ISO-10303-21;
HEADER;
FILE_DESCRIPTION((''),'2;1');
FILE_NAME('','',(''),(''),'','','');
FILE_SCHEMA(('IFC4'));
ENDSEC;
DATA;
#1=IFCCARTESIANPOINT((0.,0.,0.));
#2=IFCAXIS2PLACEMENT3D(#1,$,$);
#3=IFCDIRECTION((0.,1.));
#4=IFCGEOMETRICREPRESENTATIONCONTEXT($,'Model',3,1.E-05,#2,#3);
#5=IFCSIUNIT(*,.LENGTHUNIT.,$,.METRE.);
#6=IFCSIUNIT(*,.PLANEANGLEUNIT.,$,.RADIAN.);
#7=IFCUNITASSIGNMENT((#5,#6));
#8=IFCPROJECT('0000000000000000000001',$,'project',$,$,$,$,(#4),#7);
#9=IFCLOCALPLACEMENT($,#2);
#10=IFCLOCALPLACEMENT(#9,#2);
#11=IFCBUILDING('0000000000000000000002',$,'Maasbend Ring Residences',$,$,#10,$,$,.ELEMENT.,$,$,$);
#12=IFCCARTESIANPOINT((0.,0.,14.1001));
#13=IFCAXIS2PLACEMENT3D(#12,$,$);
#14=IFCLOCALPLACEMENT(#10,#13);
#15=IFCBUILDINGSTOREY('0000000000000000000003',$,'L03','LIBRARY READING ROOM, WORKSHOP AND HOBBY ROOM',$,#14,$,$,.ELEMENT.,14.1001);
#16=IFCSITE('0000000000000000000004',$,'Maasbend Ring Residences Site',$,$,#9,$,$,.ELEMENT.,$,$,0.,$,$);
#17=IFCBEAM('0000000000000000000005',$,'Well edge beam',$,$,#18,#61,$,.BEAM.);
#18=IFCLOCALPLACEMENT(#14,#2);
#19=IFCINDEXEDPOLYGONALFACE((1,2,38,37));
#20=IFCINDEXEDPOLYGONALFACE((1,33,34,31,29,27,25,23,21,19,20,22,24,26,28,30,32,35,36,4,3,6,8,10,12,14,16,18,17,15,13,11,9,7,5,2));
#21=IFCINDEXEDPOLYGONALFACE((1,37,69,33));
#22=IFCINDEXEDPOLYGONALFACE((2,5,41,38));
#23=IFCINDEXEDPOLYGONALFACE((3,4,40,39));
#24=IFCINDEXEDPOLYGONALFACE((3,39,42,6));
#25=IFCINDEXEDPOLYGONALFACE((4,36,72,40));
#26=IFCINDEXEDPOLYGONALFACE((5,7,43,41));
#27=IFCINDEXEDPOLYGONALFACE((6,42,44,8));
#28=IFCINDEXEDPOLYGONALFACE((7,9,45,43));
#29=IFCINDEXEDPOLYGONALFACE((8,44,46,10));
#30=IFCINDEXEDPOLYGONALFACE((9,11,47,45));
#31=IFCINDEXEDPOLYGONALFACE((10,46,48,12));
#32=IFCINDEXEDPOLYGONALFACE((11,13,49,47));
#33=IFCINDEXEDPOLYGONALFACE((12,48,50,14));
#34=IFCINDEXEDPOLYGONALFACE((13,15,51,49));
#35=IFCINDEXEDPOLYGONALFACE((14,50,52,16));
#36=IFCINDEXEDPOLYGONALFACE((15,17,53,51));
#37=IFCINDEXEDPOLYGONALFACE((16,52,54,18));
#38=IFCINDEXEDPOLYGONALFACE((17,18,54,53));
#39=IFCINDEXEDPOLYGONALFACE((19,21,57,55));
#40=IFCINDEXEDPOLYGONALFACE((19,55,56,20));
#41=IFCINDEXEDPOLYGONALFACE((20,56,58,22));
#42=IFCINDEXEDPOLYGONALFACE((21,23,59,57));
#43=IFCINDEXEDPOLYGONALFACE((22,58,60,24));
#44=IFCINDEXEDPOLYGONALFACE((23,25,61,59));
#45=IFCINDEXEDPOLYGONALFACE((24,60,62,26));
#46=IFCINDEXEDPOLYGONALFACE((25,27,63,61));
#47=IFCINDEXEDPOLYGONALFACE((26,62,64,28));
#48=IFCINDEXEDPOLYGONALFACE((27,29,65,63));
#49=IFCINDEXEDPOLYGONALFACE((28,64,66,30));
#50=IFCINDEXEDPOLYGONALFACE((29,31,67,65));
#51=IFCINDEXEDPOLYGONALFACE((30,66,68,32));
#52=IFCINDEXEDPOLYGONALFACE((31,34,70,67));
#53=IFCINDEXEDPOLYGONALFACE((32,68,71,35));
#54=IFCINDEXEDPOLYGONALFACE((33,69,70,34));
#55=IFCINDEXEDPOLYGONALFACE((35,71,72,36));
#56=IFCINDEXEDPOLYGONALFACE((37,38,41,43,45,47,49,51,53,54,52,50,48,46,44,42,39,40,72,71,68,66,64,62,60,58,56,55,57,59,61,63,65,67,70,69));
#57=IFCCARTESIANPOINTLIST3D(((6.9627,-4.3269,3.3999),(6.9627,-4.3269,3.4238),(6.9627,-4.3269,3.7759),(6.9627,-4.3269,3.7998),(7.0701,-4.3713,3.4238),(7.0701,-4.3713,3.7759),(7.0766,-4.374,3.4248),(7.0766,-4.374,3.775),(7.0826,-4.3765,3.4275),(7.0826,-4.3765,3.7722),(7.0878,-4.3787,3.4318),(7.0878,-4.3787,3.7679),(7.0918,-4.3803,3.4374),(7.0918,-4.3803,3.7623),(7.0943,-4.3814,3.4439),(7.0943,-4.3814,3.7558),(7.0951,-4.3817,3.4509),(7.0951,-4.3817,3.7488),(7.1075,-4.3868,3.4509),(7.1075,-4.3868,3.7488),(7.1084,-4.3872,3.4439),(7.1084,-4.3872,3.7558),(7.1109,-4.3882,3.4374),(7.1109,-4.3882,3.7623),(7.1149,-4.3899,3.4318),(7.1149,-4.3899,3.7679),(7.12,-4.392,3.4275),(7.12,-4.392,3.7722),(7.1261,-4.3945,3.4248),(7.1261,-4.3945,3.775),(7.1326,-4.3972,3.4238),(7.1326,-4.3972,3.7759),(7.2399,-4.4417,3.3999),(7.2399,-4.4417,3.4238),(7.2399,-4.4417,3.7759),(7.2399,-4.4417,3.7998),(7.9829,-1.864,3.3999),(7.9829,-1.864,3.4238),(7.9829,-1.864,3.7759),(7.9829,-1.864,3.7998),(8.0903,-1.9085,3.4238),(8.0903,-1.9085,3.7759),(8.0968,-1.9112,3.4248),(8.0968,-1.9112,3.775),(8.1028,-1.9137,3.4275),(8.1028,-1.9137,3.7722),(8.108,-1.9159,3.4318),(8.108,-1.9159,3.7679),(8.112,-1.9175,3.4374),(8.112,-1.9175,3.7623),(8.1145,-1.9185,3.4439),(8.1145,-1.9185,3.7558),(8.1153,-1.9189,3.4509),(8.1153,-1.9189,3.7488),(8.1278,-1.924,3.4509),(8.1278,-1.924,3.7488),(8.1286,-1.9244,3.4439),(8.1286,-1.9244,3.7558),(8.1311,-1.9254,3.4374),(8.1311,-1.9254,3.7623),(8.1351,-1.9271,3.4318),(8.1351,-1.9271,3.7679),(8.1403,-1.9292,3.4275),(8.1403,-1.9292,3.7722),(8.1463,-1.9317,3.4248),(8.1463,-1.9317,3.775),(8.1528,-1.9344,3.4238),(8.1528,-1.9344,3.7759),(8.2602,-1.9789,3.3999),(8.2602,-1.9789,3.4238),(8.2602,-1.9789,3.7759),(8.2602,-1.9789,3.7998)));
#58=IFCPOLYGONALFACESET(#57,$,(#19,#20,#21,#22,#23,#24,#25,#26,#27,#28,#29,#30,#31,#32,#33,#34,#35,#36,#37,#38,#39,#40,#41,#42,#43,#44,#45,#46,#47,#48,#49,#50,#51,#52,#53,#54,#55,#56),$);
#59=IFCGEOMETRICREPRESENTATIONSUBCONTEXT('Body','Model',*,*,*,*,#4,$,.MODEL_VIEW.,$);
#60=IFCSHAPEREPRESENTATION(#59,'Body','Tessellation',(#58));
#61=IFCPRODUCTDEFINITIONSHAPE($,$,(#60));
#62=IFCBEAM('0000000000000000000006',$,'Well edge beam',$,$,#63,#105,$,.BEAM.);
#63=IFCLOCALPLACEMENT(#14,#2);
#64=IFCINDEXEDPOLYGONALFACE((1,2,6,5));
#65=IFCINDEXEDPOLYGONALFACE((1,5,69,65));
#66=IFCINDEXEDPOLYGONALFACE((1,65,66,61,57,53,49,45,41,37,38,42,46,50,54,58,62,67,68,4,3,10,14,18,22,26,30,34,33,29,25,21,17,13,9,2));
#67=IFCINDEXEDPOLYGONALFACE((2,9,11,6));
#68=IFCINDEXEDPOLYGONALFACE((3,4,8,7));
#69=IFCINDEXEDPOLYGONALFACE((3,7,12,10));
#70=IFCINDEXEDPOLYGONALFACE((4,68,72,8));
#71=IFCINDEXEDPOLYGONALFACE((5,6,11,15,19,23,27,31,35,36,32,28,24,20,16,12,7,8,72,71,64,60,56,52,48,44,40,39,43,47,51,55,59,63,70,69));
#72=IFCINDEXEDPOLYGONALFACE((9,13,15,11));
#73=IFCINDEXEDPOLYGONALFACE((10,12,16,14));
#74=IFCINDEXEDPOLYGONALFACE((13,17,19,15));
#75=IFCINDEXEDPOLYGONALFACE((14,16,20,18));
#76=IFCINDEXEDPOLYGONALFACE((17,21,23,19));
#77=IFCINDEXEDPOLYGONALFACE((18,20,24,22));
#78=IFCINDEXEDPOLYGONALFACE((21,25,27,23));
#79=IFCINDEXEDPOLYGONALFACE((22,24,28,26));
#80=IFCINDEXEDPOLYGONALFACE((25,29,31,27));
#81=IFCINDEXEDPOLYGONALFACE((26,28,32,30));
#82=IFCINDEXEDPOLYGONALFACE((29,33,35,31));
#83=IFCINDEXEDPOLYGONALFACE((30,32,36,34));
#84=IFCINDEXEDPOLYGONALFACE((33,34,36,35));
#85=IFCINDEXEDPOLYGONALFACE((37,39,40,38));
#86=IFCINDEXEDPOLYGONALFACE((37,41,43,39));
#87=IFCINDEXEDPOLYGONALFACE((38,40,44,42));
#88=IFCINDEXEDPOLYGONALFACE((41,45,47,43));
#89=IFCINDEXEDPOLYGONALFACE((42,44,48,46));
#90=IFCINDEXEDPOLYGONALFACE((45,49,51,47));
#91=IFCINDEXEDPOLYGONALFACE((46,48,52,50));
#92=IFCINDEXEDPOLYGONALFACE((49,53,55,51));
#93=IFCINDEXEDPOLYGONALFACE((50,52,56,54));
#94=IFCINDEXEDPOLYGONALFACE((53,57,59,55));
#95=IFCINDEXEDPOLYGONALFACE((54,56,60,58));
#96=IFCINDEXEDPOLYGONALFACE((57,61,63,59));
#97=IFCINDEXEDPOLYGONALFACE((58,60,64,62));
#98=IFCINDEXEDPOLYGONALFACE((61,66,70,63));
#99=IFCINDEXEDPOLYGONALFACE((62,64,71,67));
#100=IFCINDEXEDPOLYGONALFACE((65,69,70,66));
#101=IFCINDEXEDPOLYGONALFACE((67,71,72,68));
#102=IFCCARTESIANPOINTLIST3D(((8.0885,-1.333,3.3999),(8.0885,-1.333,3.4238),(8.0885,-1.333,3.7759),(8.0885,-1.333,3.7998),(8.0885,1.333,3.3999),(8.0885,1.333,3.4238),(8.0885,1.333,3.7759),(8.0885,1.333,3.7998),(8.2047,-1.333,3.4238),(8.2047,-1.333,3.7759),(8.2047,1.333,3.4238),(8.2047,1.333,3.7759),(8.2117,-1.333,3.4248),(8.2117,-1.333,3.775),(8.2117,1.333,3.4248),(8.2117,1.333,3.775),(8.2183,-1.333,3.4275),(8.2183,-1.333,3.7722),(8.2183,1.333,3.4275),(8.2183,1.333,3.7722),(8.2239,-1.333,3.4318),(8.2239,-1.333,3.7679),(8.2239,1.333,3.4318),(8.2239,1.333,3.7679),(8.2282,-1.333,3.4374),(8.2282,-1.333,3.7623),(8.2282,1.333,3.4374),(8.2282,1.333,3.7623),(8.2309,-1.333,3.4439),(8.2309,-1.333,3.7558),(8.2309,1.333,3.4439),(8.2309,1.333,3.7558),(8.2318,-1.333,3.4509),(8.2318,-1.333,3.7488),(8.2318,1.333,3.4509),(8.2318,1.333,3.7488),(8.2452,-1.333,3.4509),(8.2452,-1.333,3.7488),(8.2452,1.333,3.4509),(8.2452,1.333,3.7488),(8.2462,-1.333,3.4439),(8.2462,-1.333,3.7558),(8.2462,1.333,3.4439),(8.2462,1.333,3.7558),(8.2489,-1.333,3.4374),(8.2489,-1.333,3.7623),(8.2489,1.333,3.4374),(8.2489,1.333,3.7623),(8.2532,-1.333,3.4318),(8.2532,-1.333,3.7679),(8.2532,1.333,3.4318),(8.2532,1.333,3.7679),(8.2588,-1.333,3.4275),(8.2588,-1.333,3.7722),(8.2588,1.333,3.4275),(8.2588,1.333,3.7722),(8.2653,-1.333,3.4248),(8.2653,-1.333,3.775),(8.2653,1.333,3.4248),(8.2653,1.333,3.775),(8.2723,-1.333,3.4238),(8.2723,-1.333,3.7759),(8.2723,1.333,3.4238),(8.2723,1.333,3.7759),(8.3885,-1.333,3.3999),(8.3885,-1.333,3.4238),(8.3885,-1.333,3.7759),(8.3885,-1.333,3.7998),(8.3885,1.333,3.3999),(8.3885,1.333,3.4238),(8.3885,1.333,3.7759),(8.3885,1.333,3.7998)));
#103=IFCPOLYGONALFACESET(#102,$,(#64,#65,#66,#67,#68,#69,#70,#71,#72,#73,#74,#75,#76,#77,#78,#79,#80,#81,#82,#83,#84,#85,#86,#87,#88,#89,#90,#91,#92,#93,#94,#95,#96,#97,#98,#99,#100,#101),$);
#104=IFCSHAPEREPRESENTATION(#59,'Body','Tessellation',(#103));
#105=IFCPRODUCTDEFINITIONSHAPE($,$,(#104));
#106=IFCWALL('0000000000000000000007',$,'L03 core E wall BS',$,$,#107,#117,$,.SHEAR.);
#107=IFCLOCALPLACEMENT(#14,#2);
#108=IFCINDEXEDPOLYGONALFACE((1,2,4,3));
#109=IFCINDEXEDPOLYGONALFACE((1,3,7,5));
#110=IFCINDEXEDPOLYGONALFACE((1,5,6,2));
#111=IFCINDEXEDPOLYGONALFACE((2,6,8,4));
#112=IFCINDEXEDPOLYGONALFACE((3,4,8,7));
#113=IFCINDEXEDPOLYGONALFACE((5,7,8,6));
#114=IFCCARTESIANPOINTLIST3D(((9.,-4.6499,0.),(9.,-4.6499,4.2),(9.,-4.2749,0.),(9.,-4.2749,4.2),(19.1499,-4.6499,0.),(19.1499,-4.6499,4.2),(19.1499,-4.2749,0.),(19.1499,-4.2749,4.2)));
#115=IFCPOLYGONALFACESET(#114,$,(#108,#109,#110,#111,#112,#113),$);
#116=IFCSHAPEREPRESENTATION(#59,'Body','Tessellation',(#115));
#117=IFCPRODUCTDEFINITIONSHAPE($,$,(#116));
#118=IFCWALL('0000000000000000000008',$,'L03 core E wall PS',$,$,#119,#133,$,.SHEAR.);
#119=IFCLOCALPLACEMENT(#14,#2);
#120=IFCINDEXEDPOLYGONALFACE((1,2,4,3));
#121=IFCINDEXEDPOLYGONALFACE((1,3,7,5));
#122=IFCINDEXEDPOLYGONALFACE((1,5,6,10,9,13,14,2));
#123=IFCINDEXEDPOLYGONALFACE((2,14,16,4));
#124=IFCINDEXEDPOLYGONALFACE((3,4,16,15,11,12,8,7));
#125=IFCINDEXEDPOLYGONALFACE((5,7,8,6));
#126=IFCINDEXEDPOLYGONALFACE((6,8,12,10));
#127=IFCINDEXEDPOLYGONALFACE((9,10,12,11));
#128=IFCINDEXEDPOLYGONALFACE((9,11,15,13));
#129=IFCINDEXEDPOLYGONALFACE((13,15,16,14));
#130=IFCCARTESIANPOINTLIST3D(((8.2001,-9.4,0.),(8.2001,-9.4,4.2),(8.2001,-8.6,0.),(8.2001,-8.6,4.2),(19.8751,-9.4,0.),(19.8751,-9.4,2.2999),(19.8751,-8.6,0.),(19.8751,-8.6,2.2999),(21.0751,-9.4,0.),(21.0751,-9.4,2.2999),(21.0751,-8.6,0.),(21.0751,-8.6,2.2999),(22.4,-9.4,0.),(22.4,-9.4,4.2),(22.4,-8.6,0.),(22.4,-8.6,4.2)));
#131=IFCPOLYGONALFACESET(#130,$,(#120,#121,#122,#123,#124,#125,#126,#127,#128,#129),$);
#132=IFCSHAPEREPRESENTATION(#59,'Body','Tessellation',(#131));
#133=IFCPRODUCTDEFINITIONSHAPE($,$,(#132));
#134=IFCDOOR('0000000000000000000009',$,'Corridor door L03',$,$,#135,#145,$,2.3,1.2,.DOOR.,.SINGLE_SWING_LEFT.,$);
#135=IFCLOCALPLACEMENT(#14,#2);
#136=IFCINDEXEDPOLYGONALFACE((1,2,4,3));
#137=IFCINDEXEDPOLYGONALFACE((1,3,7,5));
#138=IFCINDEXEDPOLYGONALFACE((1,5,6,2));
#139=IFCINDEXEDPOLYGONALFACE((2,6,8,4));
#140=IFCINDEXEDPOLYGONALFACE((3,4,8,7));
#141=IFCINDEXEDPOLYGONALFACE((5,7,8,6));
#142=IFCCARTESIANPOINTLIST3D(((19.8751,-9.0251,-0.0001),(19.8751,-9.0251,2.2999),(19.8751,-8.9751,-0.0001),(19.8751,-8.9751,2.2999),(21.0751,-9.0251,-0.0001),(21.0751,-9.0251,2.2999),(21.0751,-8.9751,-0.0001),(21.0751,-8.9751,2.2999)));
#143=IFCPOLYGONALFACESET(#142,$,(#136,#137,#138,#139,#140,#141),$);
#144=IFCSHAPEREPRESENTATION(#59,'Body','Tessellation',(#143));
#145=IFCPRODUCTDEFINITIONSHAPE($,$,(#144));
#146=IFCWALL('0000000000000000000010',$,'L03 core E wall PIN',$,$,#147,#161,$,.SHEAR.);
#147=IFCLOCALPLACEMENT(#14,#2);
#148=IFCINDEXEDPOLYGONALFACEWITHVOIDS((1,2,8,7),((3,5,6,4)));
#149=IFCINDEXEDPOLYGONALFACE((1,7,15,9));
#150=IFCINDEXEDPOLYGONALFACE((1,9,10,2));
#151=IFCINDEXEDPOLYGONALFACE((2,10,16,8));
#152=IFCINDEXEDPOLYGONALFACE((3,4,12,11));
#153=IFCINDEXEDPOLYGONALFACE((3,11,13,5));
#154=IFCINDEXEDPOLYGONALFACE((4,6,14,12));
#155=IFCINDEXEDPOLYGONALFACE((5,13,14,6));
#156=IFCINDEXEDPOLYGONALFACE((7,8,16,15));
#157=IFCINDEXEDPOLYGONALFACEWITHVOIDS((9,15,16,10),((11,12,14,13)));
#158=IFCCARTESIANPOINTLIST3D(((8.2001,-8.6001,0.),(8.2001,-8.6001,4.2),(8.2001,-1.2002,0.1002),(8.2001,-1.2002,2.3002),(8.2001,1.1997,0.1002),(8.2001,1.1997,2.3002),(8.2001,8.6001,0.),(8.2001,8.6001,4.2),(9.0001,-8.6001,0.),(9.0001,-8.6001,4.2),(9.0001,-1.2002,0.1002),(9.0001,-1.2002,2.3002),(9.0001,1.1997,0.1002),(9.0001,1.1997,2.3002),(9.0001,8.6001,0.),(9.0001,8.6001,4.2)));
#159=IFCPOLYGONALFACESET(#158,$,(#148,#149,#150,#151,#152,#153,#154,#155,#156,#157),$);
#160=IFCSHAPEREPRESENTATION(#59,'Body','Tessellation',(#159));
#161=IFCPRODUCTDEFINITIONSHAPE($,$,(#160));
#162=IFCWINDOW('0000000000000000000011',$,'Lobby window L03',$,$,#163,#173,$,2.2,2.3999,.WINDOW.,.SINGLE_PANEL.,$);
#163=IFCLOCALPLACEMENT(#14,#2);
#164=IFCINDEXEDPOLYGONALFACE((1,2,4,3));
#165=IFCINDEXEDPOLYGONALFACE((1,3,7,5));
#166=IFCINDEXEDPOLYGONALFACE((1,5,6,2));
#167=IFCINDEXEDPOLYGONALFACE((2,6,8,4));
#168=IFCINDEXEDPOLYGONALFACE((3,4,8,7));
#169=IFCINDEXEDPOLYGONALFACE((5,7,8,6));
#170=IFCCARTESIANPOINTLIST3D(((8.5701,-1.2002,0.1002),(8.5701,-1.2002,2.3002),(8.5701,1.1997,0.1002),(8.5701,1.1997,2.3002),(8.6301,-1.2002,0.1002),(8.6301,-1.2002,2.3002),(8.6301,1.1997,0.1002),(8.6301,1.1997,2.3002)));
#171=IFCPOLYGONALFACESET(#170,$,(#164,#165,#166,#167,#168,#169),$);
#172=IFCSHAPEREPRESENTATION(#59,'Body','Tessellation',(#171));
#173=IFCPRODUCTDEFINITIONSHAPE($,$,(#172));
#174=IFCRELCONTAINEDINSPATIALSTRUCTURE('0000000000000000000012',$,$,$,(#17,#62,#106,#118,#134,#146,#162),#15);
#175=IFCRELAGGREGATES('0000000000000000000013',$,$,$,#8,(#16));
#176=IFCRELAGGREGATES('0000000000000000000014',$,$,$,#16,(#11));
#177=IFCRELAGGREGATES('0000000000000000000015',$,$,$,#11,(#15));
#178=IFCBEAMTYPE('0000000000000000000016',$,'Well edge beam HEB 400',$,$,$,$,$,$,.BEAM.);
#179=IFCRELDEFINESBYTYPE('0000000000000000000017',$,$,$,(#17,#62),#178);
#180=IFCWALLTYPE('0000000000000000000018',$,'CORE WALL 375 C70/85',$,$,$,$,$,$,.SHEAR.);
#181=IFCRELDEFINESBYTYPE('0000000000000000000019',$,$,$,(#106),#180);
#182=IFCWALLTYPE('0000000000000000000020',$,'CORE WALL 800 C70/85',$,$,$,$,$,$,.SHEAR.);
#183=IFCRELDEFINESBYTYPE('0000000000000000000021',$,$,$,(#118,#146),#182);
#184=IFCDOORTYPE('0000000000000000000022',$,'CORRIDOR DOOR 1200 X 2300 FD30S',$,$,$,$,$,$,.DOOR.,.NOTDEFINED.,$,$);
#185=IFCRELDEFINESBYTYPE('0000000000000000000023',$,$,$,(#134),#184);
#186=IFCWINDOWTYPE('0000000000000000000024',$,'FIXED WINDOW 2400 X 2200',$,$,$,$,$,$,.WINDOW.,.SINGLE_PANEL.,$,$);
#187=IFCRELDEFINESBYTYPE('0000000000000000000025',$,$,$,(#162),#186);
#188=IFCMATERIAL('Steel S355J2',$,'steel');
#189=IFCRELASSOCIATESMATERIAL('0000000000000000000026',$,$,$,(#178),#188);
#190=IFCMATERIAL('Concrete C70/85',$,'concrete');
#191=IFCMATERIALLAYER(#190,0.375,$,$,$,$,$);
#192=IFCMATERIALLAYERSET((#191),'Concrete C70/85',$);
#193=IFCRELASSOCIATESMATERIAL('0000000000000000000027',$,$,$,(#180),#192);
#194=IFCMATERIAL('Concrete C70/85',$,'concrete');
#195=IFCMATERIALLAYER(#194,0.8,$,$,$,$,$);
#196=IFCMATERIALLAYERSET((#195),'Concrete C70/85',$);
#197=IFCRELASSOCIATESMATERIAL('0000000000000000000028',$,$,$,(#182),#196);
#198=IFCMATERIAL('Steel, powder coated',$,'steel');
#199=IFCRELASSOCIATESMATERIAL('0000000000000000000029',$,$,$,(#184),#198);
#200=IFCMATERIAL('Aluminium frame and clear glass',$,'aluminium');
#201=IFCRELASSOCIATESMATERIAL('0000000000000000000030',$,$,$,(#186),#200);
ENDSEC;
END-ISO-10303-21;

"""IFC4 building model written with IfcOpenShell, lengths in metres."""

from ifc_helpers import new_model, si_unit, direction, frame, frame_2d, origin, origin_2d, place, context, subcontext, project, spatial, rectangle, i_section, extrude, material, layer, layer_set, material_profile, profile_set, type_object, element, fill, save


model = new_model("IFC4")

# Units and contexts
model_context = context("Model", 3, precision=1e-05, world=origin(), true_north=direction((0.0, 1.0)))
body_context = subcontext(model_context, "Body", "Model", "MODEL_VIEW")
ifc_project = project(units=[si_unit("LENGTHUNIT", "METRE"), si_unit("PLANEANGLEUNIT", "RADIAN")], contexts=[model_context])

# Site, building, storey
site_placement = place(None, origin())
site = spatial("IfcSite", under=ifc_project, at=site_placement, Name="Maasbend Ring Residences Site", CompositionType="ELEMENT", RefElevation=0.0)
building_placement = place(site_placement, origin())
building = spatial("IfcBuilding", under=site, at=building_placement, Name="Maasbend Ring Residences", CompositionType="ELEMENT")
storey_placement = place(building_placement, frame((0.0, 0.0, 14.1001)))
storey = spatial("IfcBuildingStorey", under=building, at=storey_placement, Name="L03", Description="LIBRARY READING ROOM, WORKSHOP AND HOBBY ROOM", CompositionType="ELEMENT", Elevation=14.1001)

# Beams
ifc_material_1 = material(Name="Steel S355J2", Category="steel")
ifc_material_profile_1 = material_profile(ifc_material_1, i_section(OverallWidth=0.3, OverallDepth=0.3999, WebThickness=0.0134, FlangeThickness=0.0239, FilletRadius=0.0271, at=origin_2d()), Name="HEB 400")
ifc_profile_set_1 = profile_set([ifc_material_profile_1], Name="Steel S355J2")
beam_type = type_object("IfcBeamType", Name="Well edge beam HEB 400", PredefinedType="BEAM", material=ifc_profile_set_1)
beam_1_placement = place(storey_placement, frame((7.1013, -4.3843, 3.5999), z_axis=(0.382716, 0.923866, 0.0), x_axis=(-0.923866, 0.382716, 0.0)))
element("IfcBeam", 1, at=beam_1_placement, inside=storey, type_object=beam_type, Name="Well edge beam", PredefinedType="BEAM", context=body_context, shape_type="SweptSolid", body=[
    extrude(i_section(OverallWidth=0.3, OverallDepth=0.3999, WebThickness=0.0134, FlangeThickness=0.0239, FilletRadius=0.0271, at=origin_2d()), origin(), (0.0, 0.0, 1.0), 2.6658),
])
beam_2_placement = place(storey_placement, frame((8.2385, -1.333, 3.5999), z_axis=(0.0, 1.0, 0.0), x_axis=(-1.0, 0.0, 0.0)))
element("IfcBeam", 2, at=beam_2_placement, inside=storey, type_object=beam_type, Name="Well edge beam", PredefinedType="BEAM", context=body_context, shape_type="SweptSolid", body=[
    extrude(i_section(OverallWidth=0.3, OverallDepth=0.3999, WebThickness=0.0134, FlangeThickness=0.0239, FilletRadius=0.0271, at=origin_2d()), origin(), (0.0, 0.0, 1.0), 2.666),
])

# Wall
ifc_material_2 = material(Name="Concrete C70/85", Category="concrete")
ifc_layer_1 = layer(ifc_material_2, 0.375)
ifc_layer_set_1 = layer_set([ifc_layer_1], Name="Concrete C70/85")
wall_type_1 = type_object("IfcWallType", Name="CORE WALL 375 C70/85", PredefinedType="SHEAR", material=ifc_layer_set_1)
wall_1_placement = place(storey_placement, frame((9.0, -4.4624, 0.0), z_axis=(0.0, 0.0, 1.0), x_axis=(1.0, 0.0, 0.0)))
element("IfcWall", 3, at=wall_1_placement, inside=storey, type_object=wall_type_1, Name="L03 core E wall BS", PredefinedType="SHEAR", context=body_context, shape_type="SweptSolid", body=[
    extrude(rectangle(XDim=10.1499, YDim=0.375, at=frame_2d((5.075, 0.0))), origin(), (0.0, 0.0, 1.0), 4.2),
])

# Wall, opening, door
ifc_material_3 = material(Name="Concrete C70/85", Category="concrete")
ifc_layer_2 = layer(ifc_material_3, 0.8)
ifc_layer_set_2 = layer_set([ifc_layer_2], Name="Concrete C70/85")
wall_type_2 = type_object("IfcWallType", Name="CORE WALL 800 C70/85", PredefinedType="SHEAR", material=ifc_layer_set_2)
wall_2_placement = place(storey_placement, frame((8.2, -9.0, 0.0), z_axis=(0.0, 0.0, 1.0), x_axis=(1.0, 0.0, 0.0)))
wall_2 = element("IfcWall", 4, at=wall_2_placement, inside=storey, type_object=wall_type_2, Name="L03 core E wall PS", PredefinedType="SHEAR", context=body_context, shape_type="SweptSolid", body=[
    extrude(rectangle(XDim=14.2, YDim=0.8, at=frame_2d((7.1001, 0.0))), origin(), (0.0, 0.0, 1.0), 4.2),
])
opening_1_placement = place(wall_2_placement, frame((11.675, 0.0, 0.0)))
opening_1 = element("IfcOpeningElement", 5, at=opening_1_placement, cuts=wall_2, PredefinedType="OPENING", context=body_context, shape_type="SweptSolid", body=[
    extrude(rectangle(XDim=1.2, YDim=2.3, at=frame_2d((0.6001, 1.1499))), frame((0.0, 0.4102, 0.0), z_axis=(0.0, -1.0, 0.0), x_axis=(1.0, 0.0, 0.0)), (0.0, 0.0, 1.0), 0.8201),
])
ifc_material_4 = material(Name="Steel, powder coated", Category="steel")
door_type_1 = type_object("IfcDoorType", Name="CORRIDOR DOOR 1200 X 2300 FD30S", OperationType="NOTDEFINED", PredefinedType="DOOR", material=ifc_material_4)
door_1_placement = place(opening_1_placement, origin())
door_1 = element("IfcDoor", 6, at=door_1_placement, inside=storey, type_object=door_type_1, Name="Corridor door L03", OperationType="SINGLE_SWING_LEFT", OverallHeight=2.3, OverallWidth=1.2, PredefinedType="DOOR", context=body_context, shape_type="SweptSolid", body=[
    extrude(rectangle(XDim=1.2, YDim=2.3, at=frame_2d((0.6001, 1.1499))), frame((0.0, 0.0249, 0.0), z_axis=(0.0, -1.0, 0.0), x_axis=(1.0, 0.0, 0.0)), (0.0, 0.0, 1.0), 0.05),
])
fill(opening_1, door_1)

# Wall, opening, window
wall_3_placement = place(storey_placement, frame((8.6001, -8.6001, 0.0), z_axis=(0.0, 0.0, 1.0), x_axis=(0.0, 1.0, 0.0)))
wall_3 = element("IfcWall", 7, at=wall_3_placement, inside=storey, type_object=wall_type_2, Name="L03 core E wall PIN", PredefinedType="SHEAR", context=body_context, shape_type="SweptSolid", body=[
    extrude(rectangle(XDim=17.2002, YDim=0.8, at=frame_2d((8.6001, 0.0))), origin(), (0.0, 0.0, 1.0), 4.2),
])
opening_2_placement = place(wall_3_placement, frame((7.3999, 0.0, 0.1001)))
opening_2 = element("IfcOpeningElement", 8, at=opening_2_placement, cuts=wall_3, PredefinedType="OPENING", context=body_context, shape_type="SweptSolid", body=[
    extrude(rectangle(XDim=2.3999, YDim=2.2, at=frame_2d((1.2, 1.1001))), frame((0.0, 0.4102, 0.0), z_axis=(0.0, -1.0, 0.0), x_axis=(1.0, 0.0, 0.0)), (0.0, 0.0, 1.0), 0.8201),
])
ifc_material_5 = material(Name="Aluminium frame and clear glass", Category="aluminium")
window_type = type_object("IfcWindowType", Name="FIXED WINDOW 2400 X 2200", PartitioningType="SINGLE_PANEL", PredefinedType="WINDOW", material=ifc_material_5)
window_placement = place(opening_2_placement, origin())
window = element("IfcWindow", 9, at=window_placement, inside=storey, type_object=window_type, Name="Lobby window L03", OverallHeight=2.2, OverallWidth=2.3999, PartitioningType="SINGLE_PANEL", PredefinedType="WINDOW", context=body_context, shape_type="SweptSolid", body=[
    extrude(rectangle(XDim=2.3999, YDim=2.2, at=frame_2d((1.2, 1.1001))), frame((0.0, 0.03, 0.0), z_axis=(0.0, -1.0, 0.0), x_axis=(1.0, 0.0, 0.0)), (0.0, 0.0, 1.0), 0.0601),
])
fill(opening_2, window)

save(model, "model.ifc")
